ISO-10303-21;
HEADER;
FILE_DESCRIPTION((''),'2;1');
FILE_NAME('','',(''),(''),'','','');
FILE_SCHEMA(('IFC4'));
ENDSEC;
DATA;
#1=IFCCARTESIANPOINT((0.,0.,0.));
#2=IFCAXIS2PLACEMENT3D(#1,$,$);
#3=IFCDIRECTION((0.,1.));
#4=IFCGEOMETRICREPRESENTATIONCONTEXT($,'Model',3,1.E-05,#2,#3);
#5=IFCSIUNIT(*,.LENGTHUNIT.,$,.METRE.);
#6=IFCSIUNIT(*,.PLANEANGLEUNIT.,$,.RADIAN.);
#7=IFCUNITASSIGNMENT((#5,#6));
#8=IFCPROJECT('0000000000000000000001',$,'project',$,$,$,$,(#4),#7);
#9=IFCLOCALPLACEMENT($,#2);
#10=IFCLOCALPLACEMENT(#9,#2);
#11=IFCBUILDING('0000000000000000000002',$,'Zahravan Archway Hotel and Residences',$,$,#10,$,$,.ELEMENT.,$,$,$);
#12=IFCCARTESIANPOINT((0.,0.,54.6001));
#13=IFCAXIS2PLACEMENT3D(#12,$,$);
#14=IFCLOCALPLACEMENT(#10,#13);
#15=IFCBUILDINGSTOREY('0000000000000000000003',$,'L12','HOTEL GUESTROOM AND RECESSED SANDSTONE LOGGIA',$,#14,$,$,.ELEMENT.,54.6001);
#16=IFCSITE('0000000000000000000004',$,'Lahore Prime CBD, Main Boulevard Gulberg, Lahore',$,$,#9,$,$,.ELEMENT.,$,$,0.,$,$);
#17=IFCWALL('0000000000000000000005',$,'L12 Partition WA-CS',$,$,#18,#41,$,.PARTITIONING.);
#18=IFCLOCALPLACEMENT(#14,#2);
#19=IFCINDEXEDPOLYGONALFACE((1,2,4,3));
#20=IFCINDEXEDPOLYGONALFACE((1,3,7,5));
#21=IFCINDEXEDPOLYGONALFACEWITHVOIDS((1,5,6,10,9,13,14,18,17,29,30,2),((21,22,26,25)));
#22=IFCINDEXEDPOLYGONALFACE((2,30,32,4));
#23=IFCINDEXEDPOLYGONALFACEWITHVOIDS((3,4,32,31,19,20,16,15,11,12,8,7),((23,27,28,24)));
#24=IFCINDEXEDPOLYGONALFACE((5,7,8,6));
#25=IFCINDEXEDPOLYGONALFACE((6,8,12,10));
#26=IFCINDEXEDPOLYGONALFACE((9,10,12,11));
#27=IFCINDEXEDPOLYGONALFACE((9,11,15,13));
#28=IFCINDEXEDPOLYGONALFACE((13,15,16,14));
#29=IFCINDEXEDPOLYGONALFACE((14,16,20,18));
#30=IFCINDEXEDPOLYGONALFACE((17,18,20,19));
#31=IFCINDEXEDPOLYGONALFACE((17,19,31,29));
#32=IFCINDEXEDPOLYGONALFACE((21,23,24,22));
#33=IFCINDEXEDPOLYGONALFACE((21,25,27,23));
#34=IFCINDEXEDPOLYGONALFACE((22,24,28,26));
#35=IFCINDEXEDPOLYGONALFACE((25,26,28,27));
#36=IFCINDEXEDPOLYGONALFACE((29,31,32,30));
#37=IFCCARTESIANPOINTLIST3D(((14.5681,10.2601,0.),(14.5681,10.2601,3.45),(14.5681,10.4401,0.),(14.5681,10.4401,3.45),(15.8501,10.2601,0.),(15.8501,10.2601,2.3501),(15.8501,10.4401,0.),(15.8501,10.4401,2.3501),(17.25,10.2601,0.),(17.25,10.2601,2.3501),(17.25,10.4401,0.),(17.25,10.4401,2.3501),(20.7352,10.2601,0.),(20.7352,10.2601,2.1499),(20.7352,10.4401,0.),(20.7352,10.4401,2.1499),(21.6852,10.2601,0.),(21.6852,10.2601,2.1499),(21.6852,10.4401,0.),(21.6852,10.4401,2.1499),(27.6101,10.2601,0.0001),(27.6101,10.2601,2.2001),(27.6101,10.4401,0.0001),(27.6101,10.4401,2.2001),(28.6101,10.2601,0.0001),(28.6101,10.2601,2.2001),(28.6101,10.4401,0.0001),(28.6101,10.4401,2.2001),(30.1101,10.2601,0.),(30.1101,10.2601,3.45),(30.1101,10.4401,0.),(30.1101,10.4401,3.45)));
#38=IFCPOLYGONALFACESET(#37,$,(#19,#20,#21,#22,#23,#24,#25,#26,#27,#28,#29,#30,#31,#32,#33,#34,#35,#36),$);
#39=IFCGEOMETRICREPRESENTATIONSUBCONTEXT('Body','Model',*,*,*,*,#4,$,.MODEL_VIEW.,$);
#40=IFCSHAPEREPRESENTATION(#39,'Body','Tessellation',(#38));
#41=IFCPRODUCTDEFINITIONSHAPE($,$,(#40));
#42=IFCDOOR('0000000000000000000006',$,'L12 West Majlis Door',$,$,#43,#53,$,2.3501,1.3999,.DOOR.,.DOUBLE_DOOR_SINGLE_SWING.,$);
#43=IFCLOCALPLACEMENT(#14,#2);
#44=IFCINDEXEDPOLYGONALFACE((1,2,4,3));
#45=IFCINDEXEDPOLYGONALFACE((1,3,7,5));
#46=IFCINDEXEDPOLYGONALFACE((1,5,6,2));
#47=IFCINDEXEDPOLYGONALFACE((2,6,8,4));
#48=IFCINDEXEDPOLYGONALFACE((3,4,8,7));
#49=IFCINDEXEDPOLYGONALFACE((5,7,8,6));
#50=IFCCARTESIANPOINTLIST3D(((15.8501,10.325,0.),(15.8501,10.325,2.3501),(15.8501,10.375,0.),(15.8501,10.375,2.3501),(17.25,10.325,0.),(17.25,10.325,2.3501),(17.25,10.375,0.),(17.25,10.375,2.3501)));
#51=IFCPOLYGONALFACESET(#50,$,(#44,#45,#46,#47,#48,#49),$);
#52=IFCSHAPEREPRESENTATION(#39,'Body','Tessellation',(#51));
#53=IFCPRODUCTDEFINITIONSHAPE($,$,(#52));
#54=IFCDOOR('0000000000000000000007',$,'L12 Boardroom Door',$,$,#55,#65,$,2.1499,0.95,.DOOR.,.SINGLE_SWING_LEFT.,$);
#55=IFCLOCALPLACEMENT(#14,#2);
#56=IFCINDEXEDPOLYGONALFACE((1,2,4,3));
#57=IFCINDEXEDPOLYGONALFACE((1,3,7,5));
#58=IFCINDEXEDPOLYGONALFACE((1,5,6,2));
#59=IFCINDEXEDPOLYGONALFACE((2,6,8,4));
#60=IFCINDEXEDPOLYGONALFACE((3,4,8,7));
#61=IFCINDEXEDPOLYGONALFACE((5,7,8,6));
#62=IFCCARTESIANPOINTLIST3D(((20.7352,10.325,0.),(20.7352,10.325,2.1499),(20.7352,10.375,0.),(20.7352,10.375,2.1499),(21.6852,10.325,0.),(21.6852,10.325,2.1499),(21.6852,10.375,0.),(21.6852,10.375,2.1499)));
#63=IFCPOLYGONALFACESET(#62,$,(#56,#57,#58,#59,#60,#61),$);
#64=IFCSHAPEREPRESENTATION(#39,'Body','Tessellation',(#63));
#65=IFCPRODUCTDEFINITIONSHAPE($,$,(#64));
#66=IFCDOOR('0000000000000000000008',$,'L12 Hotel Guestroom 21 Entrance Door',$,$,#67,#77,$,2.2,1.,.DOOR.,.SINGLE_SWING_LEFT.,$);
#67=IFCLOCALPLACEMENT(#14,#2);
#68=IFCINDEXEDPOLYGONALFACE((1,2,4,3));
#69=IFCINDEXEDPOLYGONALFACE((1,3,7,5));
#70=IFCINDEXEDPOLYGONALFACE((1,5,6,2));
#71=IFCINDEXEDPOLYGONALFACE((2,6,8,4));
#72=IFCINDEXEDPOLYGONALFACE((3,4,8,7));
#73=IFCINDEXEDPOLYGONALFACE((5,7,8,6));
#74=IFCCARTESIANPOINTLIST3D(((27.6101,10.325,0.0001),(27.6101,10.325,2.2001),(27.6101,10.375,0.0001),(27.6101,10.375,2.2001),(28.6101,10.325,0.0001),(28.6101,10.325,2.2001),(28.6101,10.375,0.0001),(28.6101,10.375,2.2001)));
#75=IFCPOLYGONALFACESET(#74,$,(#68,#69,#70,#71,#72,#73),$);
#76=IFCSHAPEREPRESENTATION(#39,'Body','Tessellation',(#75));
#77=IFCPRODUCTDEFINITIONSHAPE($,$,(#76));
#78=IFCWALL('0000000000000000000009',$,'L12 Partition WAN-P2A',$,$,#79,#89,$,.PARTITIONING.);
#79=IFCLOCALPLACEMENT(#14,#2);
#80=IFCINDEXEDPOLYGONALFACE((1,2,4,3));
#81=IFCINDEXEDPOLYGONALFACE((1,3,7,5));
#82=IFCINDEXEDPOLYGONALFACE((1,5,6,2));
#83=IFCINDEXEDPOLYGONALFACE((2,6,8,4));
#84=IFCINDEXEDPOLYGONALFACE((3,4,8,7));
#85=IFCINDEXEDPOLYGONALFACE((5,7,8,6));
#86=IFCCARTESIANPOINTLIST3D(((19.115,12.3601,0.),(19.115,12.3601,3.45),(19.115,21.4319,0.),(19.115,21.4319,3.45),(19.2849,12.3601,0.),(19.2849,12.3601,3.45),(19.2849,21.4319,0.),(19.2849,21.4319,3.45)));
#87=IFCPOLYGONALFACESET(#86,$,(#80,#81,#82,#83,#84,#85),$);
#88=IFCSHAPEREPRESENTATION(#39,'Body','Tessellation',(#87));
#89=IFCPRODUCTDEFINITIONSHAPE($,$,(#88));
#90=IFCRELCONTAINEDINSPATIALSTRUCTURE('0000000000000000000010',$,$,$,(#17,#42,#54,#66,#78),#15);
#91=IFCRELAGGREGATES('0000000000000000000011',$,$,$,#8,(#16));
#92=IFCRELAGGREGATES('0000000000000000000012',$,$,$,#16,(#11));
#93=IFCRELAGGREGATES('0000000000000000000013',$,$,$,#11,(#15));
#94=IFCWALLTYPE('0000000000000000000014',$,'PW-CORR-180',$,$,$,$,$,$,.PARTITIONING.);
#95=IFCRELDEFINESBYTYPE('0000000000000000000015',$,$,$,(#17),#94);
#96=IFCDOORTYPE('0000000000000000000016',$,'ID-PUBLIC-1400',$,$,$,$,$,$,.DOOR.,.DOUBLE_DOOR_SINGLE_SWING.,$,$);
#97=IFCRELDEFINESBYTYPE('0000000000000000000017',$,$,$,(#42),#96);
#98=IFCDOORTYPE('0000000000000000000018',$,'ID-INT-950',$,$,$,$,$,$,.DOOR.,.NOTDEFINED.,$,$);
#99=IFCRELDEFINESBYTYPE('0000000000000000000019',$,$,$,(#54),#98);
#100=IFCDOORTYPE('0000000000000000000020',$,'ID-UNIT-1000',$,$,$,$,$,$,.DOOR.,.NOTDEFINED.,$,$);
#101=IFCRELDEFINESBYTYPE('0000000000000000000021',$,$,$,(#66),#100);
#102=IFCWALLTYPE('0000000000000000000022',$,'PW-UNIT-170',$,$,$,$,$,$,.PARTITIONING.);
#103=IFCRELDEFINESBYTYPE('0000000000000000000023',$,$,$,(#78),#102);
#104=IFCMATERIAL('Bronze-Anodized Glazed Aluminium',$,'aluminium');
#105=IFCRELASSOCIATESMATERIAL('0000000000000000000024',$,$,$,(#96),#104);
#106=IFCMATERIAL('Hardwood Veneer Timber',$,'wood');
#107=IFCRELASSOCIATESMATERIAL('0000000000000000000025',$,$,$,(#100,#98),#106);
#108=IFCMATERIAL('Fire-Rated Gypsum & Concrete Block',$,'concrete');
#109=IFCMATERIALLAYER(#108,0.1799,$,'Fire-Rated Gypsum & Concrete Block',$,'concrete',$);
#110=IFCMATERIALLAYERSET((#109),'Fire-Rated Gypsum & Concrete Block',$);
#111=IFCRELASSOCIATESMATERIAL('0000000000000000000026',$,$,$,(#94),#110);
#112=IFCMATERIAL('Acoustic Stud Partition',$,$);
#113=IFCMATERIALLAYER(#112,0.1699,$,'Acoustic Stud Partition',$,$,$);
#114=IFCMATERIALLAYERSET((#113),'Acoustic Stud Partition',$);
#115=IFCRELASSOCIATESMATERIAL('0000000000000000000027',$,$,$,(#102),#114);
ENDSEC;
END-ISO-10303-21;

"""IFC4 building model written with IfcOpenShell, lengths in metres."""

from ifc_helpers import new_model, si_unit, direction, frame, frame_2d, origin, place, context, subcontext, project, spatial, rectangle, extrude, source, transform, mapped, material, layer, layer_set, type_object, type_shapes, element, fill, save


model = new_model("IFC4")

# Units and contexts
model_context = context("Model", 3, precision=1e-05, world=origin(), true_north=direction((0.0, 1.0)))
body_context = subcontext(model_context, "Body", "Model", "MODEL_VIEW")
ifc_project = project(units=[si_unit("LENGTHUNIT", "METRE"), si_unit("PLANEANGLEUNIT", "RADIAN")], contexts=[model_context])

# Site, building, storey
site_placement = place(None, origin())
site = spatial("IfcSite", under=ifc_project, at=site_placement, Name="Lahore Prime CBD, Main Boulevard Gulberg, Lahore", CompositionType="ELEMENT", RefElevation=0.0)
building_placement = place(site_placement, origin())
building = spatial("IfcBuilding", under=site, at=building_placement, Name="Zahravan Archway Hotel and Residences", CompositionType="ELEMENT")
storey_placement = place(building_placement, frame((0.0, 0.0, 54.6001)))
storey = spatial("IfcBuildingStorey", under=building, at=storey_placement, Name="L12", Description="HOTEL GUESTROOM AND RECESSED SANDSTONE LOGGIA", CompositionType="ELEMENT", Elevation=54.6001)

# Wall, openings, doors
ifc_material_1 = material(Name="Fire-Rated Gypsum & Concrete Block", Category="concrete")
ifc_material_2 = material(Name="Bronze-Anodized Glazed Aluminium", Category="aluminium")
door_type_1 = type_object("IfcDoorType", Name="ID-PUBLIC-1400", OperationType="DOUBLE_DOOR_SINGLE_SWING", PredefinedType="DOOR", material=ifc_material_2)
shared_shape_1 = source(origin(), body_context, "Body", "SweptSolid", [
    extrude(rectangle(XDim=1.3999, YDim=2.3501, at=frame_2d((0.7, 1.175))), frame((0.0, 0.0249, 0.0), z_axis=(0.0, -1.0, 0.0), x_axis=(1.0, 0.0, 0.0)), (0.0, 0.0, 1.0), 0.05),
])
type_shapes(door_type_1, [shared_shape_1])
ifc_material_3 = material(Name="Hardwood Veneer Timber", Category="wood")
door_type_2 = type_object("IfcDoorType", Name="ID-UNIT-1000", OperationType="NOTDEFINED", PredefinedType="DOOR", material=ifc_material_3)
shared_shape_2 = source(origin(), body_context, "Body", "SweptSolid", [
    extrude(rectangle(XDim=1.0, YDim=2.2, at=frame_2d((0.5, 1.1001))), frame((0.0, 0.0249, 0.0), z_axis=(0.0, -1.0, 0.0), x_axis=(1.0, 0.0, 0.0)), (0.0, 0.0, 1.0), 0.05),
])
type_shapes(door_type_2, [shared_shape_2])
ifc_layer_1 = layer(ifc_material_1, 0.1799, Name="Fire-Rated Gypsum & Concrete Block", Category="concrete")
ifc_layer_set_1 = layer_set([ifc_layer_1], Name="Fire-Rated Gypsum & Concrete Block")
wall_type_1 = type_object("IfcWallType", Name="PW-CORR-180", PredefinedType="PARTITIONING", material=ifc_layer_set_1)
wall_1_placement = place(storey_placement, frame((14.5681, 10.3501, 0.0), z_axis=(0.0, 0.0, 1.0), x_axis=(1.0, 0.0, 0.0)))
wall_1 = element("IfcWall", 1, at=wall_1_placement, inside=storey, type_object=wall_type_1, Name="L12 Partition WA-CS", PredefinedType="PARTITIONING", context=body_context, shape_type="SweptSolid", body=[
    extrude(rectangle(XDim=15.542, YDim=0.1799, at=frame_2d((7.771, 0.0))), origin(), (0.0, 0.0, 1.0), 3.45),
])
opening_1_placement = place(wall_1_placement, frame((1.282, 0.0, 0.0)))
opening_1 = element("IfcOpeningElement", 2, at=opening_1_placement, cuts=wall_1, PredefinedType="OPENING", context=body_context, shape_type="SweptSolid", body=[
    extrude(rectangle(XDim=1.3999, YDim=2.3501, at=frame_2d((0.7, 1.175))), frame((0.0, 0.1001, 0.0), z_axis=(0.0, -1.0, 0.0), x_axis=(1.0, 0.0, 0.0)), (0.0, 0.0, 1.0), 0.2),
])
opening_2_placement = place(wall_1_placement, frame((6.167, 0.0, 0.0)))
opening_2 = element("IfcOpeningElement", 3, at=opening_2_placement, cuts=wall_1, PredefinedType="OPENING", context=body_context, shape_type="SweptSolid", body=[
    extrude(rectangle(XDim=0.95, YDim=2.1499, at=frame_2d((0.4751, 1.075))), frame((0.0, 0.1001, 0.0), z_axis=(0.0, -1.0, 0.0), x_axis=(1.0, 0.0, 0.0)), (0.0, 0.0, 1.0), 0.2),
])
opening_3_placement = place(wall_1_placement, frame((13.042, 0.0, 0.0)))
opening_3 = element("IfcOpeningElement", 4, at=opening_3_placement, cuts=wall_1, PredefinedType="OPENING", context=body_context, shape_type="SweptSolid", body=[
    extrude(rectangle(XDim=1.0, YDim=2.2, at=frame_2d((0.5, 1.1001))), frame((0.0, 0.1001, 0.0), z_axis=(0.0, -1.0, 0.0), x_axis=(1.0, 0.0, 0.0)), (0.0, 0.0, 1.0), 0.2),
])
door_1_placement = place(opening_1_placement, origin())
door_1 = element("IfcDoor", 5, at=door_1_placement, inside=storey, type_object=door_type_1, Name="L12 West Majlis Door", OperationType="DOUBLE_DOOR_SINGLE_SWING", OverallHeight=2.3501, OverallWidth=1.3999, PredefinedType="DOOR", context=body_context, shape_type="MappedRepresentation", body=[
    mapped(shared_shape_1, transform((0.0, 0.0, 0.0), scale=1.0)),
])
fill(opening_1, door_1)
door_type_3 = type_object("IfcDoorType", Name="ID-INT-950", OperationType="NOTDEFINED", PredefinedType="DOOR", material=ifc_material_3)
shared_shape_3 = source(origin(), body_context, "Body", "SweptSolid", [
    extrude(rectangle(XDim=0.95, YDim=2.1499, at=frame_2d((0.4751, 1.075))), frame((0.0, 0.0249, 0.0), z_axis=(0.0, -1.0, 0.0), x_axis=(1.0, 0.0, 0.0)), (0.0, 0.0, 1.0), 0.05),
])
type_shapes(door_type_3, [shared_shape_3])
door_2_placement = place(opening_2_placement, origin())
door_2 = element("IfcDoor", 6, at=door_2_placement, inside=storey, type_object=door_type_3, Name="L12 Boardroom Door", OperationType="SINGLE_SWING_LEFT", OverallHeight=2.1499, OverallWidth=0.95, PredefinedType="DOOR", context=body_context, shape_type="MappedRepresentation", body=[
    mapped(shared_shape_3, transform((0.0, 0.0, 0.0), scale=1.0)),
])
fill(opening_2, door_2)
door_3_placement = place(opening_3_placement, origin())
door_3 = element("IfcDoor", 7, at=door_3_placement, inside=storey, type_object=door_type_2, Name="L12 Hotel Guestroom 21 Entrance Door", OperationType="SINGLE_SWING_LEFT", OverallHeight=2.2, OverallWidth=1.0, PredefinedType="DOOR", context=body_context, shape_type="MappedRepresentation", body=[
    mapped(shared_shape_2, transform((0.0, 0.0, 0.0), scale=1.0)),
])
fill(opening_3, door_3)

# Wall
ifc_material_4 = material(Name="Acoustic Stud Partition")
ifc_layer_2 = layer(ifc_material_4, 0.1699, Name="Acoustic Stud Partition")
ifc_layer_set_2 = layer_set([ifc_layer_2], Name="Acoustic Stud Partition")
wall_type_2 = type_object("IfcWallType", Name="PW-UNIT-170", PredefinedType="PARTITIONING", material=ifc_layer_set_2)
wall_2_placement = place(storey_placement, frame((19.2, 12.3601, 0.0), z_axis=(0.0, 0.0, 1.0), x_axis=(0.0, 1.0, 0.0)))
element("IfcWall", 8, at=wall_2_placement, inside=storey, type_object=wall_type_2, Name="L12 Partition WAN-P2A", PredefinedType="PARTITIONING", context=body_context, shape_type="SweptSolid", body=[
    extrude(rectangle(XDim=9.0718, YDim=0.1699, at=frame_2d((4.5359, 0.0))), origin(), (0.0, 0.0, 1.0), 3.45),
])

save(model, "model.ifc")
